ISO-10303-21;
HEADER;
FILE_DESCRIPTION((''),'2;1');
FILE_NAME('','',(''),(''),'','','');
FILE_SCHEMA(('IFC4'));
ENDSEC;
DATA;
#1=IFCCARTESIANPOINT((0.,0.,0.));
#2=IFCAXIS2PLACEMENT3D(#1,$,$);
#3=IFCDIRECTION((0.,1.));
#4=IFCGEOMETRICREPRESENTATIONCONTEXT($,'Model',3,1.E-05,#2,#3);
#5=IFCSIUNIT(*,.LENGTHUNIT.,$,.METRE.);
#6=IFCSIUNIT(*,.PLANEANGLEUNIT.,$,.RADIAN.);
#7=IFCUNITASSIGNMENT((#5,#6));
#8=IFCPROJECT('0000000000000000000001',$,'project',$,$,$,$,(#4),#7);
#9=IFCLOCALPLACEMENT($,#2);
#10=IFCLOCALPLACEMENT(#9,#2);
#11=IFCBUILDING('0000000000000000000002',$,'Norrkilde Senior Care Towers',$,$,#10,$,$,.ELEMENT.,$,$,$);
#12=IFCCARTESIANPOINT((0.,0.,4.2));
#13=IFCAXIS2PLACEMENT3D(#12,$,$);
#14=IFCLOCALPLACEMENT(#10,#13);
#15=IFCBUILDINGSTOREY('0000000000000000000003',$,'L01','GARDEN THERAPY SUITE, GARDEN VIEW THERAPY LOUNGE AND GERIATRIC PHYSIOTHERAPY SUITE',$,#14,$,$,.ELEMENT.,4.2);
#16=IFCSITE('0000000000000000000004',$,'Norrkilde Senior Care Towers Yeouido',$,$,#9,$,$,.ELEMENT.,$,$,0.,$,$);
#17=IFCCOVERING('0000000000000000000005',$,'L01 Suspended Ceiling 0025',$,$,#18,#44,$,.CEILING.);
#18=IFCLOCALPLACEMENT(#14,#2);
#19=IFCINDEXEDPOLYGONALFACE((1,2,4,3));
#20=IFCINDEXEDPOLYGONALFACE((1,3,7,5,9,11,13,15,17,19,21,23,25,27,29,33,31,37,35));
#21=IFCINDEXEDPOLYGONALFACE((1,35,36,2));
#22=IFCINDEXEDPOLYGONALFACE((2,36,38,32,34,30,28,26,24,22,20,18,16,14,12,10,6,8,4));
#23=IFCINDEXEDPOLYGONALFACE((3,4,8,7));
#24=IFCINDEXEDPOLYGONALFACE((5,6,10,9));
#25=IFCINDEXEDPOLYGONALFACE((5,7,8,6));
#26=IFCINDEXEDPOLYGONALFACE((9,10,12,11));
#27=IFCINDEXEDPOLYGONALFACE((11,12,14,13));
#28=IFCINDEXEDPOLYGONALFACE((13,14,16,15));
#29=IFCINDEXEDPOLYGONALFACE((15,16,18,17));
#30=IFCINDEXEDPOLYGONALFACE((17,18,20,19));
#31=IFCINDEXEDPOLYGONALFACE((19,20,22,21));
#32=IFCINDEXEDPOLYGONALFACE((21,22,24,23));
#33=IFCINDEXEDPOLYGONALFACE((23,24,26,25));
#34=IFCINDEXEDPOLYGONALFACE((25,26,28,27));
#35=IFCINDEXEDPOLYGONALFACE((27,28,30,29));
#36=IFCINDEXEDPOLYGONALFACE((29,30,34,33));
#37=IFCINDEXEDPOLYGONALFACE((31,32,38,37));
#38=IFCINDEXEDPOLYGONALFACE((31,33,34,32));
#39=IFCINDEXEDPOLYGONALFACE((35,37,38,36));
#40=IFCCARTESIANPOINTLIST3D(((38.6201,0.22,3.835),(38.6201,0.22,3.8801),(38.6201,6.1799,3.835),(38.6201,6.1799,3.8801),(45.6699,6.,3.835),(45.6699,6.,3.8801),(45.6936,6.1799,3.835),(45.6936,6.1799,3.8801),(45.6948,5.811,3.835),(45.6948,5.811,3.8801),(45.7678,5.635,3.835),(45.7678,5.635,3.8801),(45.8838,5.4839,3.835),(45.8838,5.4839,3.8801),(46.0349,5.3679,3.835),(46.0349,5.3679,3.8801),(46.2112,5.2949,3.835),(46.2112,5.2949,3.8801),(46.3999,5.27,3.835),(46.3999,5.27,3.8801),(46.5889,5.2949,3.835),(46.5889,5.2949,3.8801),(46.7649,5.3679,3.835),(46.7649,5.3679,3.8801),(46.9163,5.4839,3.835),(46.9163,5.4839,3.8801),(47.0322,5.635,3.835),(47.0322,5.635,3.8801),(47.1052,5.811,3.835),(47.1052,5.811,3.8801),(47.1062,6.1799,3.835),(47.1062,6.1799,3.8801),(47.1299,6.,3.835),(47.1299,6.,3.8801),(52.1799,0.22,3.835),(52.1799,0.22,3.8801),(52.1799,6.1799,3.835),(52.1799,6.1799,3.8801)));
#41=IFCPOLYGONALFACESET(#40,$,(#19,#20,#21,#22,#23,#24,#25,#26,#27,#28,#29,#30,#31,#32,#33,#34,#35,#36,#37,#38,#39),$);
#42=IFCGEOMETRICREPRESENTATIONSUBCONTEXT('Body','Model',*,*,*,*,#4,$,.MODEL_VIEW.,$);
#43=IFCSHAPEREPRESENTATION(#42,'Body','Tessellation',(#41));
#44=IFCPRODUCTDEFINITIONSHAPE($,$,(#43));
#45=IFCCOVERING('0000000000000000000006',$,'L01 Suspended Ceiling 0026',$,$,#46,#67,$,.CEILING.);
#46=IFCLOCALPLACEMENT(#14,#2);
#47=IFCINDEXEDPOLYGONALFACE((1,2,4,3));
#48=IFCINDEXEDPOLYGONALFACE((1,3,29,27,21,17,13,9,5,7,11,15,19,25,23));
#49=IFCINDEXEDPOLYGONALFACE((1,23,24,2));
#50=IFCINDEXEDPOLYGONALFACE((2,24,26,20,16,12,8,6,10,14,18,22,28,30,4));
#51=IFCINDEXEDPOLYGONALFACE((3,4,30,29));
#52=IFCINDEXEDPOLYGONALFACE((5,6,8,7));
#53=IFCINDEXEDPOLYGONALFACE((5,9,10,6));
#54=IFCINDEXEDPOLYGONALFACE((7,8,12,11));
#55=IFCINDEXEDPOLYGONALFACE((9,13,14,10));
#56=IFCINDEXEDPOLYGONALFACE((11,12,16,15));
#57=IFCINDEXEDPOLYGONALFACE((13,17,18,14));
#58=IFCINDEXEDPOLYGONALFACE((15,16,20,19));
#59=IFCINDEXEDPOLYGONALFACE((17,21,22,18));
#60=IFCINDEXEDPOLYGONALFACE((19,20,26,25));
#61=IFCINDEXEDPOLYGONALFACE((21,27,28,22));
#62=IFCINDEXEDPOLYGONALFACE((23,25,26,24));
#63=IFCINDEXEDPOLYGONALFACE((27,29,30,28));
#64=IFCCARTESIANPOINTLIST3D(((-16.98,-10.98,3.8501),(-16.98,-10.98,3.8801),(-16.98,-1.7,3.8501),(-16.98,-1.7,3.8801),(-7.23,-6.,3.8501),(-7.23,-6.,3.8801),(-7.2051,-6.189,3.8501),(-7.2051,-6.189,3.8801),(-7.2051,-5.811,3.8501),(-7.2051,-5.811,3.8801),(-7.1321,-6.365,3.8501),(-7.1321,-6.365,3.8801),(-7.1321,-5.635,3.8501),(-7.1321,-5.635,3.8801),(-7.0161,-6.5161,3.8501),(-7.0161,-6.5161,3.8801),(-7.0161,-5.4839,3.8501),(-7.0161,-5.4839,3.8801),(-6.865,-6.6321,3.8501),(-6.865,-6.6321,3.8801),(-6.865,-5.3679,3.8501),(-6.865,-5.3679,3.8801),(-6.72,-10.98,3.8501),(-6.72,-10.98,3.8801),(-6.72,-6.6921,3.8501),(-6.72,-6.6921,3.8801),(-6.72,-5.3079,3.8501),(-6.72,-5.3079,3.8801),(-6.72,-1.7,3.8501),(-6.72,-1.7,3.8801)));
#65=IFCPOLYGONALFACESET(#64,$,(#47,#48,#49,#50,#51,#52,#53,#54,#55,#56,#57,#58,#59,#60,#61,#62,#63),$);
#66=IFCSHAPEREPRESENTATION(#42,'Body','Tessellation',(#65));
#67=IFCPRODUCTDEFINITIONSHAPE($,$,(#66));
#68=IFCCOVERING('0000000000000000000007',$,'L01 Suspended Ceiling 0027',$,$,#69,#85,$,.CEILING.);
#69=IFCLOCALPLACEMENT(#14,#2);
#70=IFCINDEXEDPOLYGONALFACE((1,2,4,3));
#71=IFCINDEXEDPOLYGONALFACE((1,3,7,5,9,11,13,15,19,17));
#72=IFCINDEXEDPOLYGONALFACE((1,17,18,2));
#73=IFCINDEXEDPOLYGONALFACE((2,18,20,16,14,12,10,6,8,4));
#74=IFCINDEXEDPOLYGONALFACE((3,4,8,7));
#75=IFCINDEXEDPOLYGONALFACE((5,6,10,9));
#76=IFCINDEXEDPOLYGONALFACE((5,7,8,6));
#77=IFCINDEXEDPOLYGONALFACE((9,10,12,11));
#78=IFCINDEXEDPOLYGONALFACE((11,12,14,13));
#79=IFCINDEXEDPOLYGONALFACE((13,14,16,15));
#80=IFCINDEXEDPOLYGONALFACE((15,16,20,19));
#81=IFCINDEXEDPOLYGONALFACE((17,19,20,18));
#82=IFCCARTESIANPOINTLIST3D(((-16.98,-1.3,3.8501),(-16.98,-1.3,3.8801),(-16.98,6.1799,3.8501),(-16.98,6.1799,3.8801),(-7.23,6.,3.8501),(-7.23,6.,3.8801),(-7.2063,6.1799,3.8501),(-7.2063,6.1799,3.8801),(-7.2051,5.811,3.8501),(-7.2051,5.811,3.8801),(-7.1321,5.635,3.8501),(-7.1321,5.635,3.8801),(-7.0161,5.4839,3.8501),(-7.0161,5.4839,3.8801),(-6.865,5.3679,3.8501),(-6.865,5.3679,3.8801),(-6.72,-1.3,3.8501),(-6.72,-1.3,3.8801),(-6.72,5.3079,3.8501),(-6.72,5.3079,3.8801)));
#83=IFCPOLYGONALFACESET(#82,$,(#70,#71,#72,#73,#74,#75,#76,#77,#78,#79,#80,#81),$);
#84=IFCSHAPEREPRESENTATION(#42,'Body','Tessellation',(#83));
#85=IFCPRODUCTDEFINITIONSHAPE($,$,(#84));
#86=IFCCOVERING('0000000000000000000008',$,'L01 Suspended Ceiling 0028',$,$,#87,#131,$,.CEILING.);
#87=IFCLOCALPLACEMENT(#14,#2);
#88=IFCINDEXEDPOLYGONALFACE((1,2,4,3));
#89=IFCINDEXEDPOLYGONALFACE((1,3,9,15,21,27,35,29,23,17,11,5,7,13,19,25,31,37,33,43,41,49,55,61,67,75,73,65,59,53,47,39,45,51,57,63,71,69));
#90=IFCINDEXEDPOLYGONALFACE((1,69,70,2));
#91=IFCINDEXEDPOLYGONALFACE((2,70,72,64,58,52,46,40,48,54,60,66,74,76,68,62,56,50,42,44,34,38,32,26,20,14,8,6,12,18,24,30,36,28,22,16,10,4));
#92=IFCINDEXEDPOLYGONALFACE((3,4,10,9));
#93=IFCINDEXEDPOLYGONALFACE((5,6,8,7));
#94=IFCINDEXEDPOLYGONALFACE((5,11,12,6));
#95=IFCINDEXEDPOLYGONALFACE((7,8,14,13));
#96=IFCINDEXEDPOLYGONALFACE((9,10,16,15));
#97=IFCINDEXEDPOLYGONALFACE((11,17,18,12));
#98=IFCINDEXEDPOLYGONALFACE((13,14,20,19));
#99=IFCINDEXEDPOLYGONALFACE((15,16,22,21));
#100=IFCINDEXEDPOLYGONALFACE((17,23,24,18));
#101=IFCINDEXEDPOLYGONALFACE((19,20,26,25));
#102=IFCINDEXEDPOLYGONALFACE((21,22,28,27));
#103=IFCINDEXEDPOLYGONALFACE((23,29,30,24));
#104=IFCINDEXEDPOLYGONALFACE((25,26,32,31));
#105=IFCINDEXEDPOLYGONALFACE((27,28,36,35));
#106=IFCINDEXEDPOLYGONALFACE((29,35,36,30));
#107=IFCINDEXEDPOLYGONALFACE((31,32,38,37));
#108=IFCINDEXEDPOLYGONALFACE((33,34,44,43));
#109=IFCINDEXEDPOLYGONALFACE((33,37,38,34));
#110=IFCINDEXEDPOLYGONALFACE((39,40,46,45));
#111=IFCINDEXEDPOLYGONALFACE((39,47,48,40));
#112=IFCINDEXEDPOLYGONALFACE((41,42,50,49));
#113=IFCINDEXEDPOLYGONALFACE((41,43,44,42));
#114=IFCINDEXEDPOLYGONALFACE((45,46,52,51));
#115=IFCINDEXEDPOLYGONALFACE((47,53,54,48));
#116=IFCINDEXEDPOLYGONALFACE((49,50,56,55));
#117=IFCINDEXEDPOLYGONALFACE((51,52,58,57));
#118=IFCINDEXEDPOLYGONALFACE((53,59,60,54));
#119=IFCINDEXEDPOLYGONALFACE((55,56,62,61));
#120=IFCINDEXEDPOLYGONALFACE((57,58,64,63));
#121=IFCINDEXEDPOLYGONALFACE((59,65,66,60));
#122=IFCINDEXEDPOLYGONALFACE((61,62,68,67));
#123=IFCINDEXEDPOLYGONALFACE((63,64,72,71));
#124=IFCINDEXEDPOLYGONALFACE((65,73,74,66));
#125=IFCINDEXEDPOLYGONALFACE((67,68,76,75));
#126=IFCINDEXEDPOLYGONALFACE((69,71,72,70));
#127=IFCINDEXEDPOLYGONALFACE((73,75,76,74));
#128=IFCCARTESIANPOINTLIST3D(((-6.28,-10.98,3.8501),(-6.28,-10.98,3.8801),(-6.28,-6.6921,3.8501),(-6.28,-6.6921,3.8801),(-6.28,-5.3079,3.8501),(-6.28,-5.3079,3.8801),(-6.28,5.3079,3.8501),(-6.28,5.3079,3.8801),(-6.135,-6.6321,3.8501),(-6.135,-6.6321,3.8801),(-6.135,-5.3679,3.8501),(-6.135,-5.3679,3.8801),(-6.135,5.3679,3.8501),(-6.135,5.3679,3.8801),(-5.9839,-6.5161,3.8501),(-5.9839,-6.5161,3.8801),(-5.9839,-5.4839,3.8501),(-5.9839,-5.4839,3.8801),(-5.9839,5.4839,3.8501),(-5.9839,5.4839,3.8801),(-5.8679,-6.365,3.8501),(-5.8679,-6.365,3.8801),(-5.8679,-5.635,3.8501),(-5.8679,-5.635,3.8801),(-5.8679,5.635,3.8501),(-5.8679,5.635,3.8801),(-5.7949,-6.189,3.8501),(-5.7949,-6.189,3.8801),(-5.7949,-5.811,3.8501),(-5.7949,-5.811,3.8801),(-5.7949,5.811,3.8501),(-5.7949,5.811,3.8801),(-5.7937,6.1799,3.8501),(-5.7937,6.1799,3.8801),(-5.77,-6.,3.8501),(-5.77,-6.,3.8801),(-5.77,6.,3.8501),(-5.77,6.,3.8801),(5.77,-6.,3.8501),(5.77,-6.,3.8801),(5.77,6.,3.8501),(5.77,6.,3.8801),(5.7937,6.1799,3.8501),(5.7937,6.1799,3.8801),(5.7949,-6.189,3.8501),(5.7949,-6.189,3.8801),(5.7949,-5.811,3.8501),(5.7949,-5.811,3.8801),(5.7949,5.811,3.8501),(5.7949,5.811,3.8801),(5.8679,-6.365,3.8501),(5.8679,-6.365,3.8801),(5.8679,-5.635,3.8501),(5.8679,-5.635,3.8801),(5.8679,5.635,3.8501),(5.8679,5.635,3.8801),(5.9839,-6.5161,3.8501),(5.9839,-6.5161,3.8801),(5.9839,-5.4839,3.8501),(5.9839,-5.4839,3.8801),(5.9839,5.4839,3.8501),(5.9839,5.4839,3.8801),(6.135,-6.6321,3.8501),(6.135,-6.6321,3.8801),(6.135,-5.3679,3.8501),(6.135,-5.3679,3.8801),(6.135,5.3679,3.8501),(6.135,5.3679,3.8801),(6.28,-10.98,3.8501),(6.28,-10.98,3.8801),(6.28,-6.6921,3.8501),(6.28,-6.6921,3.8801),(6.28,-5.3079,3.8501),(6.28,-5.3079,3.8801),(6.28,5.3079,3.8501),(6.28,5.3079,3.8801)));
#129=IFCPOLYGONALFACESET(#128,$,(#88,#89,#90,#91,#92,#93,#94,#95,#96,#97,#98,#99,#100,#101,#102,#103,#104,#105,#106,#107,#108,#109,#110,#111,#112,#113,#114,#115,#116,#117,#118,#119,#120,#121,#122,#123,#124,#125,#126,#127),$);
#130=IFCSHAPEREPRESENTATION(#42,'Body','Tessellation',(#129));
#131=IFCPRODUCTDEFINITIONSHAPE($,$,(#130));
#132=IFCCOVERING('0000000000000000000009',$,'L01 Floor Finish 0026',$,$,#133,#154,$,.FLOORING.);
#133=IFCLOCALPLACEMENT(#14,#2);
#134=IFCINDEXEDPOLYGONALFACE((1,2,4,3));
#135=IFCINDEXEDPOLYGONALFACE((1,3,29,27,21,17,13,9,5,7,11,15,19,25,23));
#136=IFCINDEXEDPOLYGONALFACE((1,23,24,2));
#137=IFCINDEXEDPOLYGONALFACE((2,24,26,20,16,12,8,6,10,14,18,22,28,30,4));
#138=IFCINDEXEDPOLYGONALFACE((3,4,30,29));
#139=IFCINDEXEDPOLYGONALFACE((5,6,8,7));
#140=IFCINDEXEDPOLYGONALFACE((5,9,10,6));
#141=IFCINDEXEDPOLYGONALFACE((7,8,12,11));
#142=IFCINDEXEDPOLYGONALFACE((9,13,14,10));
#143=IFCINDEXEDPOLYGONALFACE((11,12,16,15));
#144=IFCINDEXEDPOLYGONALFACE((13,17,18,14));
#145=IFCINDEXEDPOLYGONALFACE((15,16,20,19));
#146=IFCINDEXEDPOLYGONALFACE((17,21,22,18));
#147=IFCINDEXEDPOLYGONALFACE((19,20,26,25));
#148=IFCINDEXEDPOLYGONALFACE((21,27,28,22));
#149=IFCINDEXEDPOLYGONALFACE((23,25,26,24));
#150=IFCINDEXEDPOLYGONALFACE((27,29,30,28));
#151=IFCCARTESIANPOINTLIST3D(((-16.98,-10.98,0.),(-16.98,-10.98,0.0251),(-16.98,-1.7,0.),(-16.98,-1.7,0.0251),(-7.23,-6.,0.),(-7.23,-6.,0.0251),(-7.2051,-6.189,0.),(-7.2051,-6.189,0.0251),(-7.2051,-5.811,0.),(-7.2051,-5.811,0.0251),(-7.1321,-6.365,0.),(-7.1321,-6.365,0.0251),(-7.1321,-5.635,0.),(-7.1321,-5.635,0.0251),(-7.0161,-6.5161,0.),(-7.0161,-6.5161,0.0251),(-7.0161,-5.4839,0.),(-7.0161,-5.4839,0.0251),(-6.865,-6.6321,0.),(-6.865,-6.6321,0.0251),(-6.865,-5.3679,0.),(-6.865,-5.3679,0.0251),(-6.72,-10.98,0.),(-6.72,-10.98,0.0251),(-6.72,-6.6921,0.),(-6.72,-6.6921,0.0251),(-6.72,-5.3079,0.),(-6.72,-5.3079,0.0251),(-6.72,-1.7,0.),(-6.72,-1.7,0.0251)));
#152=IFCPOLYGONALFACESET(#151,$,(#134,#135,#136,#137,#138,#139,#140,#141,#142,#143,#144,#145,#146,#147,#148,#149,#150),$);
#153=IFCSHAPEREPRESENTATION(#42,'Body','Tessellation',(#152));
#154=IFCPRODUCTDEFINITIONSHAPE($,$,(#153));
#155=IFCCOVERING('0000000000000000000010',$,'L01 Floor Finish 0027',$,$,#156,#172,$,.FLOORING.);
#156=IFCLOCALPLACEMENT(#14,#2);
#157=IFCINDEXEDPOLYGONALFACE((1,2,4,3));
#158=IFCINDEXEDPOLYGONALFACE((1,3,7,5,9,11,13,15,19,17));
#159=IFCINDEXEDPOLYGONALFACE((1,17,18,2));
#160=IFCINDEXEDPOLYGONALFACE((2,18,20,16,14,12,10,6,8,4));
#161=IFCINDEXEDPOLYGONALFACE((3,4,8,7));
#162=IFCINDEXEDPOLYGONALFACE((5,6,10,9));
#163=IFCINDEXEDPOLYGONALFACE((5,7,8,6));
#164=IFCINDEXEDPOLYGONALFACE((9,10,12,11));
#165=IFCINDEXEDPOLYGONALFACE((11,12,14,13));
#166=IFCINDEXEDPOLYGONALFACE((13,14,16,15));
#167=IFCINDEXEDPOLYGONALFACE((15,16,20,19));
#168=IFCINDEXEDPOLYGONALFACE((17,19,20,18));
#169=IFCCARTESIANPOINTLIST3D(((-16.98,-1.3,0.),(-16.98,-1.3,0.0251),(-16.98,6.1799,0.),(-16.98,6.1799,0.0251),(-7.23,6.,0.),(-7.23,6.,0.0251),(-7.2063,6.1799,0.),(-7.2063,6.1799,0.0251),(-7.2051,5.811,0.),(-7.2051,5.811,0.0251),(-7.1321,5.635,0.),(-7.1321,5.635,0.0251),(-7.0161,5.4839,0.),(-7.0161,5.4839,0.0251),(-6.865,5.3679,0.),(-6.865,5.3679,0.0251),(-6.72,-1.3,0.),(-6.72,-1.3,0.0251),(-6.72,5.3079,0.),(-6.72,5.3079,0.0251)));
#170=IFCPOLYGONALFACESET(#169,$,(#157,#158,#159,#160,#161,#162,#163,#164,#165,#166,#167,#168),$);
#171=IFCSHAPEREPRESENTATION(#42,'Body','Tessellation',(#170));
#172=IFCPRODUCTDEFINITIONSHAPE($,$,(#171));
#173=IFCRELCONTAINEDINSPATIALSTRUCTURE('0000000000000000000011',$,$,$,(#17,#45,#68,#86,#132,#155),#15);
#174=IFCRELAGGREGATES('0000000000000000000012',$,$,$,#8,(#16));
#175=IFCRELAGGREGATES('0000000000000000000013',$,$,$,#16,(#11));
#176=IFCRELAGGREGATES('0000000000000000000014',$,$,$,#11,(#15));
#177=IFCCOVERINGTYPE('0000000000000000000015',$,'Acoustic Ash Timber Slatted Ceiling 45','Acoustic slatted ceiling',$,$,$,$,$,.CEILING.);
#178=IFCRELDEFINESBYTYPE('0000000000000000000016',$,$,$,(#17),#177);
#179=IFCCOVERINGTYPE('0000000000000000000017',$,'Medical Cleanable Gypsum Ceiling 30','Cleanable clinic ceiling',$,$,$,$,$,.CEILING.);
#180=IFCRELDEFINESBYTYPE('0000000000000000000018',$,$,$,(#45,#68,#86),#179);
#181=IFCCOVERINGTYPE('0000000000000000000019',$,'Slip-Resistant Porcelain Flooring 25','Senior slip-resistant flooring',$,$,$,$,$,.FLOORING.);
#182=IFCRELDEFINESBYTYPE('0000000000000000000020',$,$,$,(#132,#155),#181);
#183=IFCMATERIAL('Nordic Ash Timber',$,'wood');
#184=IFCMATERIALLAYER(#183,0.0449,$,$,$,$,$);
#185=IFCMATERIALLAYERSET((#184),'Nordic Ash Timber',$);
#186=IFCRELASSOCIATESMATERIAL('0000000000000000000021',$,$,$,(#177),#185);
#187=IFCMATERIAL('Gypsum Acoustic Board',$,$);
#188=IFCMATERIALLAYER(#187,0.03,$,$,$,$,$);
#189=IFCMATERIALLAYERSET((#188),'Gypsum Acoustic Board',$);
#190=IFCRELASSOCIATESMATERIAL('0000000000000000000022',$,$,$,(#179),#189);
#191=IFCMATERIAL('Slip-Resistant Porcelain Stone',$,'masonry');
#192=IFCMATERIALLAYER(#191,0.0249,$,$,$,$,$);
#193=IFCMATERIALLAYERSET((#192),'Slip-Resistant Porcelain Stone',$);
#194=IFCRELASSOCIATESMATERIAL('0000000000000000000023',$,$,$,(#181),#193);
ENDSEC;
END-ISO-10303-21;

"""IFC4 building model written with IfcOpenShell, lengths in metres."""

from ifc_helpers import new_model, si_unit, direction, frame, origin, place, context, subcontext, project, spatial, polyline, outline, extrude, material, layer, layer_set, type_object, element, save


model = new_model("IFC4")

# Units and contexts
model_context = context("Model", 3, precision=1e-05, world=origin(), true_north=direction((0.0, 1.0)))
body_context = subcontext(model_context, "Body", "Model", "MODEL_VIEW")
ifc_project = project(units=[si_unit("LENGTHUNIT", "METRE"), si_unit("PLANEANGLEUNIT", "RADIAN")], contexts=[model_context])

# Site, building, storey
site_placement = place(None, origin())
site = spatial("IfcSite", under=ifc_project, at=site_placement, Name="Norrkilde Senior Care Towers Yeouido", CompositionType="ELEMENT", RefElevation=0.0)
building_placement = place(site_placement, origin())
building = spatial("IfcBuilding", under=site, at=building_placement, Name="Norrkilde Senior Care Towers", CompositionType="ELEMENT")
storey_placement = place(building_placement, frame((0.0, 0.0, 4.2)))
storey = spatial("IfcBuildingStorey", under=building, at=storey_placement, Name="L01", Description="GARDEN THERAPY SUITE, GARDEN VIEW THERAPY LOUNGE AND GERIATRIC PHYSIOTHERAPY SUITE", CompositionType="ELEMENT", Elevation=4.2)

# Shared definitions
ifc_material_1 = material(Name="Gypsum Acoustic Board")
ifc_material_2 = material(Name="Nordic Ash Timber", Category="wood")

# Coverings
ifc_layer_1 = layer(ifc_material_2, 0.0449)
ifc_layer_set_1 = layer_set([ifc_layer_1], Name="Nordic Ash Timber")
covering_type_1 = type_object("IfcCoveringType", Name="Acoustic Ash Timber Slatted Ceiling 45", Description="Acoustic slatted ceiling", PredefinedType="CEILING", material=ifc_layer_set_1)
covering_1_placement = place(storey_placement, frame((0.0, 0.0, 3.835)))
element("IfcCovering", 1, at=covering_1_placement, inside=storey, type_object=covering_type_1, Name="L01 Suspended Ceiling 0025", PredefinedType="CEILING", context=body_context, shape_type="SweptSolid", body=[
    extrude(outline(polyline([(52.1799, 0.22), (38.6201, 0.22), (38.6201, 6.1799), (45.6936, 6.1799), (45.6699, 6.0), (45.6948, 5.811), (45.7678, 5.635), (45.8838, 5.4839), (46.0349, 5.3679), (46.2112, 5.2949), (46.3999, 5.27), (46.5889, 5.2949), (46.7649, 5.3679), (46.9163, 5.4839), (47.0322, 5.635), (47.1052, 5.811), (47.1299, 6.0), (47.1062, 6.1799), (52.1799, 6.1799), (52.1799, 0.22)])), origin(), (0.0, 0.0, 1.0), 0.0452),
])
ifc_layer_2 = layer(ifc_material_1, 0.03)
ifc_layer_set_2 = layer_set([ifc_layer_2], Name="Gypsum Acoustic Board")
covering_type_2 = type_object("IfcCoveringType", Name="Medical Cleanable Gypsum Ceiling 30", Description="Cleanable clinic ceiling", PredefinedType="CEILING", material=ifc_layer_set_2)
covering_2_placement = place(storey_placement, frame((0.0, 0.0, 3.8501)))
element("IfcCovering", 2, at=covering_2_placement, inside=storey, type_object=covering_type_2, Name="L01 Suspended Ceiling 0026", PredefinedType="CEILING", context=body_context, shape_type="SweptSolid", body=[
    extrude(outline(polyline([(-6.72, -5.3079), (-6.865, -5.3679), (-7.0161, -5.4839), (-7.1321, -5.635), (-7.2051, -5.811), (-7.23, -6.0), (-7.2051, -6.189), (-7.1321, -6.365), (-7.0161, -6.5161), (-6.865, -6.6321), (-6.72, -6.6921), (-6.72, -10.98), (-16.98, -10.98), (-16.98, -1.7), (-6.72, -1.7), (-6.72, -5.3079)])), origin(), (0.0, 0.0, 1.0), 0.03),
])
covering_3_placement = place(storey_placement, frame((0.0, 0.0, 3.8501)))
element("IfcCovering", 3, at=covering_3_placement, inside=storey, type_object=covering_type_2, Name="L01 Suspended Ceiling 0027", PredefinedType="CEILING", context=body_context, shape_type="SweptSolid", body=[
    extrude(outline(polyline([(-6.72, -1.3), (-16.98, -1.3), (-16.98, 6.1799), (-7.2063, 6.1799), (-7.23, 6.0), (-7.2051, 5.811), (-7.1321, 5.635), (-7.0161, 5.4839), (-6.865, 5.3679), (-6.72, 5.3079), (-6.72, -1.3)])), origin(), (0.0, 0.0, 1.0), 0.03),
])
covering_4_placement = place(storey_placement, frame((0.0, 0.0, 3.8501)))
element("IfcCovering", 4, at=covering_4_placement, inside=storey, type_object=covering_type_2, Name="L01 Suspended Ceiling 0028", PredefinedType="CEILING", context=body_context, shape_type="SweptSolid", body=[
    extrude(outline(polyline([(-6.135, -6.6321), (-5.9839, -6.5161), (-5.8679, -6.365), (-5.7949, -6.189), (-5.77, -6.0), (-5.7949, -5.811), (-5.8679, -5.635), (-5.9839, -5.4839), (-6.135, -5.3679), (-6.28, -5.3079), (-6.28, 5.3079), (-6.135, 5.3679), (-5.9839, 5.4839), (-5.8679, 5.635), (-5.7949, 5.811), (-5.77, 6.0), (-5.7937, 6.1799), (5.7937, 6.1799), (5.77, 6.0), (5.7949, 5.811), (5.8679, 5.635), (5.9839, 5.4839), (6.135, 5.3679), (6.28, 5.3079), (6.28, -5.3079), (6.135, -5.3679), (5.9839, -5.4839), (5.8679, -5.635), (5.7949, -5.811), (5.77, -6.0), (5.7949, -6.189), (5.8679, -6.365), (5.9839, -6.5161), (6.135, -6.6321), (6.28, -6.6921), (6.28, -10.98), (-6.28, -10.98), (-6.28, -6.6921), (-6.135, -6.6321)])), origin(), (0.0, 0.0, 1.0), 0.03),
])
ifc_material_3 = material(Name="Slip-Resistant Porcelain Stone", Category="masonry")
ifc_layer_3 = layer(ifc_material_3, 0.0249)
ifc_layer_set_3 = layer_set([ifc_layer_3], Name="Slip-Resistant Porcelain Stone")
covering_type_3 = type_object("IfcCoveringType", Name="Slip-Resistant Porcelain Flooring 25", Description="Senior slip-resistant flooring", PredefinedType="FLOORING", material=ifc_layer_set_3)
covering_5_placement = place(storey_placement, origin())
element("IfcCovering", 5, at=covering_5_placement, inside=storey, type_object=covering_type_3, Name="L01 Floor Finish 0026", PredefinedType="FLOORING", context=body_context, shape_type="SweptSolid", body=[
    extrude(outline(polyline([(-6.72, -5.3079), (-6.865, -5.3679), (-7.0161, -5.4839), (-7.1321, -5.635), (-7.2051, -5.811), (-7.23, -6.0), (-7.2051, -6.189), (-7.1321, -6.365), (-7.0161, -6.5161), (-6.865, -6.6321), (-6.72, -6.6921), (-6.72, -10.98), (-16.98, -10.98), (-16.98, -1.7), (-6.72, -1.7), (-6.72, -5.3079)])), origin(), (0.0, 0.0, 1.0), 0.0251),
])
covering_6_placement = place(storey_placement, origin())
element("IfcCovering", 6, at=covering_6_placement, inside=storey, type_object=covering_type_3, Name="L01 Floor Finish 0027", PredefinedType="FLOORING", context=body_context, shape_type="SweptSolid", body=[
    extrude(outline(polyline([(-6.72, -1.3), (-16.98, -1.3), (-16.98, 6.1799), (-7.2063, 6.1799), (-7.23, 6.0), (-7.2051, 5.811), (-7.1321, 5.635), (-7.0161, 5.4839), (-6.865, 5.3679), (-6.72, 5.3079), (-6.72, -1.3)])), origin(), (0.0, 0.0, 1.0), 0.0251),
])

save(model, "model.ifc")
